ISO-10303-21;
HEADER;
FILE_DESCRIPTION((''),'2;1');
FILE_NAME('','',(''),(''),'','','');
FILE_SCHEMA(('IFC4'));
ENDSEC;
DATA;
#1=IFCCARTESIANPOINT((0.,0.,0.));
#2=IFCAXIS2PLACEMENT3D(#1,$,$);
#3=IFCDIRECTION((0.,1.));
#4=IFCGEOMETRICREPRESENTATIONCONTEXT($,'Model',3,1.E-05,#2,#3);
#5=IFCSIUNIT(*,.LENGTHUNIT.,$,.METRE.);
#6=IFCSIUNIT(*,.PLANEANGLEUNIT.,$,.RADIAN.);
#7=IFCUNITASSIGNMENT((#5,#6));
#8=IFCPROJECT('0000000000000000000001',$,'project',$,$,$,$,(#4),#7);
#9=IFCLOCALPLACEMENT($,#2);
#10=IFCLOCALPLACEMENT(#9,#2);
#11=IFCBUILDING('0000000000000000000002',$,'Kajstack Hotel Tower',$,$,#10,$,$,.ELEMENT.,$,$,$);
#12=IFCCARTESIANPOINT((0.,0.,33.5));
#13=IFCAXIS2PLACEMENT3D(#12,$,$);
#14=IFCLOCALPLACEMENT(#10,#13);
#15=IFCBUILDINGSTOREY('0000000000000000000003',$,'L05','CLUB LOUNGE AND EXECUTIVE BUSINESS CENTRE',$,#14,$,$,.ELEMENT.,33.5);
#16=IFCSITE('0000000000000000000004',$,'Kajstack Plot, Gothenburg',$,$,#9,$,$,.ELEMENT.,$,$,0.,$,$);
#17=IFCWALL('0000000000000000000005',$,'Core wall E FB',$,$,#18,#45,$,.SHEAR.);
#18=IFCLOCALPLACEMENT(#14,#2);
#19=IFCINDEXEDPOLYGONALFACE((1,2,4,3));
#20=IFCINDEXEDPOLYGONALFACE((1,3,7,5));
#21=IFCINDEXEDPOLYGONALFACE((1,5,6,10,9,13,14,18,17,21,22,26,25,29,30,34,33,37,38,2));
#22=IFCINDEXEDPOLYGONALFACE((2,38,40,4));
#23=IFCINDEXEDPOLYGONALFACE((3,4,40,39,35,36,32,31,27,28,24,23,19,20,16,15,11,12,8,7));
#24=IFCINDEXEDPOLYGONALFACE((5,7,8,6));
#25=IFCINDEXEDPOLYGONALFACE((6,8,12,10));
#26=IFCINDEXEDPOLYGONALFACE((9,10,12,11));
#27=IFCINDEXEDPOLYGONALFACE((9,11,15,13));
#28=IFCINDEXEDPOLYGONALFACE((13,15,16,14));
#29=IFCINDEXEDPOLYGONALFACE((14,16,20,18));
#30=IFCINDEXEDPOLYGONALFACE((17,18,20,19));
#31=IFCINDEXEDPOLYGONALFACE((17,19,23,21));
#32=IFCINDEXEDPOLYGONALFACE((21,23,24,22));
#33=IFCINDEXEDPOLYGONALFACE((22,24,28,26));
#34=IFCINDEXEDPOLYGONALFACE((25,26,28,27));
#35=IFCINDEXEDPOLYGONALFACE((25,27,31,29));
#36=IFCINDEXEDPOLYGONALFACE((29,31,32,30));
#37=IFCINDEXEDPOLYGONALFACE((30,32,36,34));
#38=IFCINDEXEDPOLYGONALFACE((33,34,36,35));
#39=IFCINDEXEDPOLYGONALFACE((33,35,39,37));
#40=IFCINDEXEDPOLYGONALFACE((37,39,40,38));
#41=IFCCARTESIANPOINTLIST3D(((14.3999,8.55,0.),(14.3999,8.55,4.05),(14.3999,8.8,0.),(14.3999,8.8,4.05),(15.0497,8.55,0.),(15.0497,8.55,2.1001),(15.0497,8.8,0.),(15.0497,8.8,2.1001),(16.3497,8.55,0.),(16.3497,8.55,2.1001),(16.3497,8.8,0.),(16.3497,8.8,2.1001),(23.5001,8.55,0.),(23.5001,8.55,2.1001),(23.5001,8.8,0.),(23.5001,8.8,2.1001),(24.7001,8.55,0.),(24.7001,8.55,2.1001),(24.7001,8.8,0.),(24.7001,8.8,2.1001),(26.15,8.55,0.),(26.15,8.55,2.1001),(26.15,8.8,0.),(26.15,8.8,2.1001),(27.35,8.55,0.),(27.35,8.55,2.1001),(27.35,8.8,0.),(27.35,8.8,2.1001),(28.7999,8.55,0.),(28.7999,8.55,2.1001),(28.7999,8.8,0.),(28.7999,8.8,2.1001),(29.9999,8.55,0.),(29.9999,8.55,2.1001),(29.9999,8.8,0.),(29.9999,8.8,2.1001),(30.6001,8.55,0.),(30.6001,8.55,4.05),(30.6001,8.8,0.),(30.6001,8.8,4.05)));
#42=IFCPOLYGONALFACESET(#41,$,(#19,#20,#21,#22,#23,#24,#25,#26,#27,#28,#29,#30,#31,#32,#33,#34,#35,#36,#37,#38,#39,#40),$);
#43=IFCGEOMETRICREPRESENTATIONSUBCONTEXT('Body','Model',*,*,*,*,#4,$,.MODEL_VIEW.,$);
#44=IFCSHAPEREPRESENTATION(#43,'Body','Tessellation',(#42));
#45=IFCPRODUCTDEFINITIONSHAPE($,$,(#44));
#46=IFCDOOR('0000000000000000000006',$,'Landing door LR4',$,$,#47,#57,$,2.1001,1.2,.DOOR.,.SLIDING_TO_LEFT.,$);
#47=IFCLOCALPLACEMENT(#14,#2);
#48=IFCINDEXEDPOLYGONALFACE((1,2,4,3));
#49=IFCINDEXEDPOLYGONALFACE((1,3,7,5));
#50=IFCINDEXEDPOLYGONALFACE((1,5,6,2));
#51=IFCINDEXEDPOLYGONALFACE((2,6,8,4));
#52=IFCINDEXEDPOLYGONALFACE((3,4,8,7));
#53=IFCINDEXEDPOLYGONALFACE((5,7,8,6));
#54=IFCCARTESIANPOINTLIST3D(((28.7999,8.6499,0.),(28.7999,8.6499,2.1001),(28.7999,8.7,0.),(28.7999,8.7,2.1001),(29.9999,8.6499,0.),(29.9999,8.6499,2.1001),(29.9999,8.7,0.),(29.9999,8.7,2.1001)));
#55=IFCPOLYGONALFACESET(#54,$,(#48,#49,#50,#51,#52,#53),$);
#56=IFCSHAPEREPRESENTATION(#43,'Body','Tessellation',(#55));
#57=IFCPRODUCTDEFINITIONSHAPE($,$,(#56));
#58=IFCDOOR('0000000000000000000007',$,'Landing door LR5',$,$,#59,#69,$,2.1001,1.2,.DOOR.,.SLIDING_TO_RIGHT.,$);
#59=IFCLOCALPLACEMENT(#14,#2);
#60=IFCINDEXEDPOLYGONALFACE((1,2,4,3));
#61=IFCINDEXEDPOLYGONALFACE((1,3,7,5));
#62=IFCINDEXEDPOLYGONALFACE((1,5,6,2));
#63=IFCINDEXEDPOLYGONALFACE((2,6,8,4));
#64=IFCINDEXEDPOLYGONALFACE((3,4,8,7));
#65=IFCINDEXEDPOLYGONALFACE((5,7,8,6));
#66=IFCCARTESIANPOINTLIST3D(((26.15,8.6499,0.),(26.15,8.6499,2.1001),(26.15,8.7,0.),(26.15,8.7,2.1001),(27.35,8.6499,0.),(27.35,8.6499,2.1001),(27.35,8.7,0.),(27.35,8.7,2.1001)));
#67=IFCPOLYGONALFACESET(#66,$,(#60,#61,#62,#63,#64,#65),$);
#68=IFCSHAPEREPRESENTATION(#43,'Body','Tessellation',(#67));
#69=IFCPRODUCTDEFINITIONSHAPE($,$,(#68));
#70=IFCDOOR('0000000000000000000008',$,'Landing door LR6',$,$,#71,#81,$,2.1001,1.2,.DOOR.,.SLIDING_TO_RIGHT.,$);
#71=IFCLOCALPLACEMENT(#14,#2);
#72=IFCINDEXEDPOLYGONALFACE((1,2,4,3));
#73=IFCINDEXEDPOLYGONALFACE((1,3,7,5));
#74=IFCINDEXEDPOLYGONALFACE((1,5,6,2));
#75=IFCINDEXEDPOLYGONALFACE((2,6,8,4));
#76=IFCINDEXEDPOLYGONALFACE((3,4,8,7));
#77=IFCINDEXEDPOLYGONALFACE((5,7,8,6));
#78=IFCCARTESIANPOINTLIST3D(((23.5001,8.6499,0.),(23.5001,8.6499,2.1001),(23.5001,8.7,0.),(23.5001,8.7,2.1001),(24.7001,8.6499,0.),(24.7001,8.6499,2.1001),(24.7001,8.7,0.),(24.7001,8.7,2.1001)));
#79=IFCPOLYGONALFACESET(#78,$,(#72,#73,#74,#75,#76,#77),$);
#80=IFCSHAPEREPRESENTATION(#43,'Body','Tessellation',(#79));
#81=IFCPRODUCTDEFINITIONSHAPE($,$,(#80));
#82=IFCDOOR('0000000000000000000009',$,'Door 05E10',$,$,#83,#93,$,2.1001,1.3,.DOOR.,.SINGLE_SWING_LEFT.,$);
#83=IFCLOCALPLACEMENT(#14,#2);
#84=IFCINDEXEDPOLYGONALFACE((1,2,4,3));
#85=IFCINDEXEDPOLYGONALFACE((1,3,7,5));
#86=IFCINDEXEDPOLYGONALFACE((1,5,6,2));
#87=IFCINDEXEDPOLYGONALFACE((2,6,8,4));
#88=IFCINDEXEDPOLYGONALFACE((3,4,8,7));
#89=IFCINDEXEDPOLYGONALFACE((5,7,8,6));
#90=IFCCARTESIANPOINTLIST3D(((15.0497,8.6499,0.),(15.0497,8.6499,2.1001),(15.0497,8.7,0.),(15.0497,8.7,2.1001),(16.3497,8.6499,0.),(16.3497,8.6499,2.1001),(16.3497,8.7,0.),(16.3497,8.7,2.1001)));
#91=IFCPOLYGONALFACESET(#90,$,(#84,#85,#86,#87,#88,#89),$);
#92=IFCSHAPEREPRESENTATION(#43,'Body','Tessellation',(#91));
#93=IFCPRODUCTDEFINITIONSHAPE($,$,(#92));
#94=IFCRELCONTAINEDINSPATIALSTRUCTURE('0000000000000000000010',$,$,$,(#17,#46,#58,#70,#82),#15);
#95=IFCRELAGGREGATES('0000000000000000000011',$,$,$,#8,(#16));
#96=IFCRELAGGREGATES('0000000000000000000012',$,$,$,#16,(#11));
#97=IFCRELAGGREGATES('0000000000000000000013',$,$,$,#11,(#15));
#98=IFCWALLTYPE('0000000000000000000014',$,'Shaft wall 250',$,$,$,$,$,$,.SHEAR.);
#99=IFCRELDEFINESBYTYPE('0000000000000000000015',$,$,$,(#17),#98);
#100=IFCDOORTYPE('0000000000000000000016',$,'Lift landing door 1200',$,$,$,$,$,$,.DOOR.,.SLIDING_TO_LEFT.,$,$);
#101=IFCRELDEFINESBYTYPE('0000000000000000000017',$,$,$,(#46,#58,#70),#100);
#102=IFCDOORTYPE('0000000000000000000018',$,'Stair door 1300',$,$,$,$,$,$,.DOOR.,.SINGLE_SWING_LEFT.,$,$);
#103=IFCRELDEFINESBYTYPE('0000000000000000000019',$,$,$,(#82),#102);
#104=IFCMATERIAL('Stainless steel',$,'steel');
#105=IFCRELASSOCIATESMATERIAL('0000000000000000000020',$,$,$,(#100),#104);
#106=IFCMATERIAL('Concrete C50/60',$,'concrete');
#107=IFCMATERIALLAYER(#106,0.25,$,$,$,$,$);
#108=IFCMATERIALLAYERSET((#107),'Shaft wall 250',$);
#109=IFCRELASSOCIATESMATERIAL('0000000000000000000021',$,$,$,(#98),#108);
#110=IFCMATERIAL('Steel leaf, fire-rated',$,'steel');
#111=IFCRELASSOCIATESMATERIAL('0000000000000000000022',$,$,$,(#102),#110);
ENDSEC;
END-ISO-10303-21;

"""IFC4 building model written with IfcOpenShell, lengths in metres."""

from ifc_helpers import new_model, si_unit, direction, frame, frame_2d, origin, place, context, subcontext, project, spatial, rectangle, extrude, material, layer, layer_set, type_object, element, fill, save


model = new_model("IFC4")

# Units and contexts
model_context = context("Model", 3, precision=1e-05, world=origin(), true_north=direction((0.0, 1.0)))
body_context = subcontext(model_context, "Body", "Model", "MODEL_VIEW")
ifc_project = project(units=[si_unit("LENGTHUNIT", "METRE"), si_unit("PLANEANGLEUNIT", "RADIAN")], contexts=[model_context])

# Site, building, storey
site_placement = place(None, origin())
site = spatial("IfcSite", under=ifc_project, at=site_placement, Name="Kajstack Plot, Gothenburg", CompositionType="ELEMENT", RefElevation=0.0)
building_placement = place(site_placement, origin())
building = spatial("IfcBuilding", under=site, at=building_placement, Name="Kajstack Hotel Tower", CompositionType="ELEMENT")
storey_placement = place(building_placement, frame((0.0, 0.0, 33.5)))
storey = spatial("IfcBuildingStorey", under=building, at=storey_placement, Name="L05", Description="CLUB LOUNGE AND EXECUTIVE BUSINESS CENTRE", CompositionType="ELEMENT", Elevation=33.5)

# Shared definitions
ifc_material_1 = material(Name="Concrete C50/60", Category="concrete")

# Shared definitions
ifc_material_2 = material(Name="Stainless steel", Category="steel")
door_type_1 = type_object("IfcDoorType", Name="Lift landing door 1200", OperationType="SLIDING_TO_LEFT", PredefinedType="DOOR", material=ifc_material_2)

# Wall, openings, doors
ifc_layer_1 = layer(ifc_material_1, 0.25)
ifc_layer_set_1 = layer_set([ifc_layer_1], Name="Shaft wall 250")
wall_type_1 = type_object("IfcWallType", Name="Shaft wall 250", PredefinedType="SHEAR", material=ifc_layer_set_1)
wall_1_placement = place(storey_placement, frame((14.3999, 8.675, 0.0), z_axis=(0.0, 0.0, 1.0), x_axis=(1.0, 0.0, 0.0)))
wall_1 = element("IfcWall", 1, at=wall_1_placement, inside=storey, type_object=wall_type_1, Name="Core wall E FB", PredefinedType="SHEAR", context=body_context, shape_type="SweptSolid", body=[
    extrude(rectangle(XDim=16.2002, YDim=0.25, at=frame_2d((8.1001, 0.0))), origin(), (0.0, 0.0, 1.0), 4.05),
])
opening_1_placement = place(wall_1_placement, frame((14.3999, 0.0, 0.0)))
opening_1 = element("IfcOpeningElement", 2, at=opening_1_placement, cuts=wall_1, PredefinedType="OPENING", context=body_context, shape_type="SweptSolid", body=[
    extrude(rectangle(XDim=1.2, YDim=2.1001, at=frame_2d((0.6001, 1.05))), frame((0.0, 0.135, 0.0), z_axis=(0.0, -1.0, 0.0), x_axis=(1.0, 0.0, 0.0)), (0.0, 0.0, 1.0), 0.27),
])
opening_2_placement = place(wall_1_placement, frame((11.75, 0.0, 0.0)))
opening_2 = element("IfcOpeningElement", 3, at=opening_2_placement, cuts=wall_1, PredefinedType="OPENING", context=body_context, shape_type="SweptSolid", body=[
    extrude(rectangle(XDim=1.2, YDim=2.1001, at=frame_2d((0.6001, 1.05))), frame((0.0, 0.135, 0.0), z_axis=(0.0, -1.0, 0.0), x_axis=(1.0, 0.0, 0.0)), (0.0, 0.0, 1.0), 0.27),
])
opening_3_placement = place(wall_1_placement, frame((9.1001, 0.0, 0.0)))
opening_3 = element("IfcOpeningElement", 4, at=opening_3_placement, cuts=wall_1, PredefinedType="OPENING", context=body_context, shape_type="SweptSolid", body=[
    extrude(rectangle(XDim=1.2, YDim=2.1001, at=frame_2d((0.6001, 1.05))), frame((0.0, 0.135, 0.0), z_axis=(0.0, -1.0, 0.0), x_axis=(1.0, 0.0, 0.0)), (0.0, 0.0, 1.0), 0.27),
])
opening_4_placement = place(wall_1_placement, frame((0.6499, 0.0, 0.0)))
opening_4 = element("IfcOpeningElement", 5, at=opening_4_placement, cuts=wall_1, PredefinedType="OPENING", context=body_context, shape_type="SweptSolid", body=[
    extrude(rectangle(XDim=1.3, YDim=2.1001, at=frame_2d((0.6499, 1.05))), frame((0.0, 0.135, 0.0), z_axis=(0.0, -1.0, 0.0), x_axis=(1.0, 0.0, 0.0)), (0.0, 0.0, 1.0), 0.27),
])
door_1_placement = place(opening_1_placement, origin())
door_1 = element("IfcDoor", 6, at=door_1_placement, inside=storey, type_object=door_type_1, Name="Landing door LR4", OperationType="SLIDING_TO_LEFT", OverallHeight=2.1001, OverallWidth=1.2, PredefinedType="DOOR", context=body_context, shape_type="SweptSolid", body=[
    extrude(rectangle(XDim=1.2, YDim=2.1001, at=frame_2d((0.6001, 1.05))), frame((0.0, 0.0249, 0.0), z_axis=(0.0, -1.0, 0.0), x_axis=(1.0, 0.0, 0.0)), (0.0, 0.0, 1.0), 0.05),
])
fill(opening_1, door_1)
door_2_placement = place(opening_2_placement, origin())
door_2 = element("IfcDoor", 7, at=door_2_placement, inside=storey, type_object=door_type_1, Name="Landing door LR5", OperationType="SLIDING_TO_RIGHT", OverallHeight=2.1001, OverallWidth=1.2, PredefinedType="DOOR", context=body_context, shape_type="SweptSolid", body=[
    extrude(rectangle(XDim=1.2, YDim=2.1001, at=frame_2d((0.6001, 1.05))), frame((0.0, 0.0249, 0.0), z_axis=(0.0, -1.0, 0.0), x_axis=(1.0, 0.0, 0.0)), (0.0, 0.0, 1.0), 0.05),
])
fill(opening_2, door_2)
door_3_placement = place(opening_3_placement, origin())
door_3 = element("IfcDoor", 8, at=door_3_placement, inside=storey, type_object=door_type_1, Name="Landing door LR6", OperationType="SLIDING_TO_RIGHT", OverallHeight=2.1001, OverallWidth=1.2, PredefinedType="DOOR", context=body_context, shape_type="SweptSolid", body=[
    extrude(rectangle(XDim=1.2, YDim=2.1001, at=frame_2d((0.6001, 1.05))), frame((0.0, 0.0249, 0.0), z_axis=(0.0, -1.0, 0.0), x_axis=(1.0, 0.0, 0.0)), (0.0, 0.0, 1.0), 0.05),
])
fill(opening_3, door_3)
ifc_material_3 = material(Name="Steel leaf, fire-rated", Category="steel")
door_type_2 = type_object("IfcDoorType", Name="Stair door 1300", OperationType="SINGLE_SWING_LEFT", PredefinedType="DOOR", material=ifc_material_3)
door_4_placement = place(opening_4_placement, origin())
door_4 = element("IfcDoor", 9, at=door_4_placement, inside=storey, type_object=door_type_2, Name="Door 05E10", OperationType="SINGLE_SWING_LEFT", OverallHeight=2.1001, OverallWidth=1.3, PredefinedType="DOOR", context=body_context, shape_type="SweptSolid", body=[
    extrude(rectangle(XDim=1.3, YDim=2.1001, at=frame_2d((0.6499, 1.05))), frame((0.0, 0.0249, 0.0), z_axis=(0.0, -1.0, 0.0), x_axis=(1.0, 0.0, 0.0)), (0.0, 0.0, 1.0), 0.05),
])
fill(opening_4, door_4)

save(model, "model.ifc")
